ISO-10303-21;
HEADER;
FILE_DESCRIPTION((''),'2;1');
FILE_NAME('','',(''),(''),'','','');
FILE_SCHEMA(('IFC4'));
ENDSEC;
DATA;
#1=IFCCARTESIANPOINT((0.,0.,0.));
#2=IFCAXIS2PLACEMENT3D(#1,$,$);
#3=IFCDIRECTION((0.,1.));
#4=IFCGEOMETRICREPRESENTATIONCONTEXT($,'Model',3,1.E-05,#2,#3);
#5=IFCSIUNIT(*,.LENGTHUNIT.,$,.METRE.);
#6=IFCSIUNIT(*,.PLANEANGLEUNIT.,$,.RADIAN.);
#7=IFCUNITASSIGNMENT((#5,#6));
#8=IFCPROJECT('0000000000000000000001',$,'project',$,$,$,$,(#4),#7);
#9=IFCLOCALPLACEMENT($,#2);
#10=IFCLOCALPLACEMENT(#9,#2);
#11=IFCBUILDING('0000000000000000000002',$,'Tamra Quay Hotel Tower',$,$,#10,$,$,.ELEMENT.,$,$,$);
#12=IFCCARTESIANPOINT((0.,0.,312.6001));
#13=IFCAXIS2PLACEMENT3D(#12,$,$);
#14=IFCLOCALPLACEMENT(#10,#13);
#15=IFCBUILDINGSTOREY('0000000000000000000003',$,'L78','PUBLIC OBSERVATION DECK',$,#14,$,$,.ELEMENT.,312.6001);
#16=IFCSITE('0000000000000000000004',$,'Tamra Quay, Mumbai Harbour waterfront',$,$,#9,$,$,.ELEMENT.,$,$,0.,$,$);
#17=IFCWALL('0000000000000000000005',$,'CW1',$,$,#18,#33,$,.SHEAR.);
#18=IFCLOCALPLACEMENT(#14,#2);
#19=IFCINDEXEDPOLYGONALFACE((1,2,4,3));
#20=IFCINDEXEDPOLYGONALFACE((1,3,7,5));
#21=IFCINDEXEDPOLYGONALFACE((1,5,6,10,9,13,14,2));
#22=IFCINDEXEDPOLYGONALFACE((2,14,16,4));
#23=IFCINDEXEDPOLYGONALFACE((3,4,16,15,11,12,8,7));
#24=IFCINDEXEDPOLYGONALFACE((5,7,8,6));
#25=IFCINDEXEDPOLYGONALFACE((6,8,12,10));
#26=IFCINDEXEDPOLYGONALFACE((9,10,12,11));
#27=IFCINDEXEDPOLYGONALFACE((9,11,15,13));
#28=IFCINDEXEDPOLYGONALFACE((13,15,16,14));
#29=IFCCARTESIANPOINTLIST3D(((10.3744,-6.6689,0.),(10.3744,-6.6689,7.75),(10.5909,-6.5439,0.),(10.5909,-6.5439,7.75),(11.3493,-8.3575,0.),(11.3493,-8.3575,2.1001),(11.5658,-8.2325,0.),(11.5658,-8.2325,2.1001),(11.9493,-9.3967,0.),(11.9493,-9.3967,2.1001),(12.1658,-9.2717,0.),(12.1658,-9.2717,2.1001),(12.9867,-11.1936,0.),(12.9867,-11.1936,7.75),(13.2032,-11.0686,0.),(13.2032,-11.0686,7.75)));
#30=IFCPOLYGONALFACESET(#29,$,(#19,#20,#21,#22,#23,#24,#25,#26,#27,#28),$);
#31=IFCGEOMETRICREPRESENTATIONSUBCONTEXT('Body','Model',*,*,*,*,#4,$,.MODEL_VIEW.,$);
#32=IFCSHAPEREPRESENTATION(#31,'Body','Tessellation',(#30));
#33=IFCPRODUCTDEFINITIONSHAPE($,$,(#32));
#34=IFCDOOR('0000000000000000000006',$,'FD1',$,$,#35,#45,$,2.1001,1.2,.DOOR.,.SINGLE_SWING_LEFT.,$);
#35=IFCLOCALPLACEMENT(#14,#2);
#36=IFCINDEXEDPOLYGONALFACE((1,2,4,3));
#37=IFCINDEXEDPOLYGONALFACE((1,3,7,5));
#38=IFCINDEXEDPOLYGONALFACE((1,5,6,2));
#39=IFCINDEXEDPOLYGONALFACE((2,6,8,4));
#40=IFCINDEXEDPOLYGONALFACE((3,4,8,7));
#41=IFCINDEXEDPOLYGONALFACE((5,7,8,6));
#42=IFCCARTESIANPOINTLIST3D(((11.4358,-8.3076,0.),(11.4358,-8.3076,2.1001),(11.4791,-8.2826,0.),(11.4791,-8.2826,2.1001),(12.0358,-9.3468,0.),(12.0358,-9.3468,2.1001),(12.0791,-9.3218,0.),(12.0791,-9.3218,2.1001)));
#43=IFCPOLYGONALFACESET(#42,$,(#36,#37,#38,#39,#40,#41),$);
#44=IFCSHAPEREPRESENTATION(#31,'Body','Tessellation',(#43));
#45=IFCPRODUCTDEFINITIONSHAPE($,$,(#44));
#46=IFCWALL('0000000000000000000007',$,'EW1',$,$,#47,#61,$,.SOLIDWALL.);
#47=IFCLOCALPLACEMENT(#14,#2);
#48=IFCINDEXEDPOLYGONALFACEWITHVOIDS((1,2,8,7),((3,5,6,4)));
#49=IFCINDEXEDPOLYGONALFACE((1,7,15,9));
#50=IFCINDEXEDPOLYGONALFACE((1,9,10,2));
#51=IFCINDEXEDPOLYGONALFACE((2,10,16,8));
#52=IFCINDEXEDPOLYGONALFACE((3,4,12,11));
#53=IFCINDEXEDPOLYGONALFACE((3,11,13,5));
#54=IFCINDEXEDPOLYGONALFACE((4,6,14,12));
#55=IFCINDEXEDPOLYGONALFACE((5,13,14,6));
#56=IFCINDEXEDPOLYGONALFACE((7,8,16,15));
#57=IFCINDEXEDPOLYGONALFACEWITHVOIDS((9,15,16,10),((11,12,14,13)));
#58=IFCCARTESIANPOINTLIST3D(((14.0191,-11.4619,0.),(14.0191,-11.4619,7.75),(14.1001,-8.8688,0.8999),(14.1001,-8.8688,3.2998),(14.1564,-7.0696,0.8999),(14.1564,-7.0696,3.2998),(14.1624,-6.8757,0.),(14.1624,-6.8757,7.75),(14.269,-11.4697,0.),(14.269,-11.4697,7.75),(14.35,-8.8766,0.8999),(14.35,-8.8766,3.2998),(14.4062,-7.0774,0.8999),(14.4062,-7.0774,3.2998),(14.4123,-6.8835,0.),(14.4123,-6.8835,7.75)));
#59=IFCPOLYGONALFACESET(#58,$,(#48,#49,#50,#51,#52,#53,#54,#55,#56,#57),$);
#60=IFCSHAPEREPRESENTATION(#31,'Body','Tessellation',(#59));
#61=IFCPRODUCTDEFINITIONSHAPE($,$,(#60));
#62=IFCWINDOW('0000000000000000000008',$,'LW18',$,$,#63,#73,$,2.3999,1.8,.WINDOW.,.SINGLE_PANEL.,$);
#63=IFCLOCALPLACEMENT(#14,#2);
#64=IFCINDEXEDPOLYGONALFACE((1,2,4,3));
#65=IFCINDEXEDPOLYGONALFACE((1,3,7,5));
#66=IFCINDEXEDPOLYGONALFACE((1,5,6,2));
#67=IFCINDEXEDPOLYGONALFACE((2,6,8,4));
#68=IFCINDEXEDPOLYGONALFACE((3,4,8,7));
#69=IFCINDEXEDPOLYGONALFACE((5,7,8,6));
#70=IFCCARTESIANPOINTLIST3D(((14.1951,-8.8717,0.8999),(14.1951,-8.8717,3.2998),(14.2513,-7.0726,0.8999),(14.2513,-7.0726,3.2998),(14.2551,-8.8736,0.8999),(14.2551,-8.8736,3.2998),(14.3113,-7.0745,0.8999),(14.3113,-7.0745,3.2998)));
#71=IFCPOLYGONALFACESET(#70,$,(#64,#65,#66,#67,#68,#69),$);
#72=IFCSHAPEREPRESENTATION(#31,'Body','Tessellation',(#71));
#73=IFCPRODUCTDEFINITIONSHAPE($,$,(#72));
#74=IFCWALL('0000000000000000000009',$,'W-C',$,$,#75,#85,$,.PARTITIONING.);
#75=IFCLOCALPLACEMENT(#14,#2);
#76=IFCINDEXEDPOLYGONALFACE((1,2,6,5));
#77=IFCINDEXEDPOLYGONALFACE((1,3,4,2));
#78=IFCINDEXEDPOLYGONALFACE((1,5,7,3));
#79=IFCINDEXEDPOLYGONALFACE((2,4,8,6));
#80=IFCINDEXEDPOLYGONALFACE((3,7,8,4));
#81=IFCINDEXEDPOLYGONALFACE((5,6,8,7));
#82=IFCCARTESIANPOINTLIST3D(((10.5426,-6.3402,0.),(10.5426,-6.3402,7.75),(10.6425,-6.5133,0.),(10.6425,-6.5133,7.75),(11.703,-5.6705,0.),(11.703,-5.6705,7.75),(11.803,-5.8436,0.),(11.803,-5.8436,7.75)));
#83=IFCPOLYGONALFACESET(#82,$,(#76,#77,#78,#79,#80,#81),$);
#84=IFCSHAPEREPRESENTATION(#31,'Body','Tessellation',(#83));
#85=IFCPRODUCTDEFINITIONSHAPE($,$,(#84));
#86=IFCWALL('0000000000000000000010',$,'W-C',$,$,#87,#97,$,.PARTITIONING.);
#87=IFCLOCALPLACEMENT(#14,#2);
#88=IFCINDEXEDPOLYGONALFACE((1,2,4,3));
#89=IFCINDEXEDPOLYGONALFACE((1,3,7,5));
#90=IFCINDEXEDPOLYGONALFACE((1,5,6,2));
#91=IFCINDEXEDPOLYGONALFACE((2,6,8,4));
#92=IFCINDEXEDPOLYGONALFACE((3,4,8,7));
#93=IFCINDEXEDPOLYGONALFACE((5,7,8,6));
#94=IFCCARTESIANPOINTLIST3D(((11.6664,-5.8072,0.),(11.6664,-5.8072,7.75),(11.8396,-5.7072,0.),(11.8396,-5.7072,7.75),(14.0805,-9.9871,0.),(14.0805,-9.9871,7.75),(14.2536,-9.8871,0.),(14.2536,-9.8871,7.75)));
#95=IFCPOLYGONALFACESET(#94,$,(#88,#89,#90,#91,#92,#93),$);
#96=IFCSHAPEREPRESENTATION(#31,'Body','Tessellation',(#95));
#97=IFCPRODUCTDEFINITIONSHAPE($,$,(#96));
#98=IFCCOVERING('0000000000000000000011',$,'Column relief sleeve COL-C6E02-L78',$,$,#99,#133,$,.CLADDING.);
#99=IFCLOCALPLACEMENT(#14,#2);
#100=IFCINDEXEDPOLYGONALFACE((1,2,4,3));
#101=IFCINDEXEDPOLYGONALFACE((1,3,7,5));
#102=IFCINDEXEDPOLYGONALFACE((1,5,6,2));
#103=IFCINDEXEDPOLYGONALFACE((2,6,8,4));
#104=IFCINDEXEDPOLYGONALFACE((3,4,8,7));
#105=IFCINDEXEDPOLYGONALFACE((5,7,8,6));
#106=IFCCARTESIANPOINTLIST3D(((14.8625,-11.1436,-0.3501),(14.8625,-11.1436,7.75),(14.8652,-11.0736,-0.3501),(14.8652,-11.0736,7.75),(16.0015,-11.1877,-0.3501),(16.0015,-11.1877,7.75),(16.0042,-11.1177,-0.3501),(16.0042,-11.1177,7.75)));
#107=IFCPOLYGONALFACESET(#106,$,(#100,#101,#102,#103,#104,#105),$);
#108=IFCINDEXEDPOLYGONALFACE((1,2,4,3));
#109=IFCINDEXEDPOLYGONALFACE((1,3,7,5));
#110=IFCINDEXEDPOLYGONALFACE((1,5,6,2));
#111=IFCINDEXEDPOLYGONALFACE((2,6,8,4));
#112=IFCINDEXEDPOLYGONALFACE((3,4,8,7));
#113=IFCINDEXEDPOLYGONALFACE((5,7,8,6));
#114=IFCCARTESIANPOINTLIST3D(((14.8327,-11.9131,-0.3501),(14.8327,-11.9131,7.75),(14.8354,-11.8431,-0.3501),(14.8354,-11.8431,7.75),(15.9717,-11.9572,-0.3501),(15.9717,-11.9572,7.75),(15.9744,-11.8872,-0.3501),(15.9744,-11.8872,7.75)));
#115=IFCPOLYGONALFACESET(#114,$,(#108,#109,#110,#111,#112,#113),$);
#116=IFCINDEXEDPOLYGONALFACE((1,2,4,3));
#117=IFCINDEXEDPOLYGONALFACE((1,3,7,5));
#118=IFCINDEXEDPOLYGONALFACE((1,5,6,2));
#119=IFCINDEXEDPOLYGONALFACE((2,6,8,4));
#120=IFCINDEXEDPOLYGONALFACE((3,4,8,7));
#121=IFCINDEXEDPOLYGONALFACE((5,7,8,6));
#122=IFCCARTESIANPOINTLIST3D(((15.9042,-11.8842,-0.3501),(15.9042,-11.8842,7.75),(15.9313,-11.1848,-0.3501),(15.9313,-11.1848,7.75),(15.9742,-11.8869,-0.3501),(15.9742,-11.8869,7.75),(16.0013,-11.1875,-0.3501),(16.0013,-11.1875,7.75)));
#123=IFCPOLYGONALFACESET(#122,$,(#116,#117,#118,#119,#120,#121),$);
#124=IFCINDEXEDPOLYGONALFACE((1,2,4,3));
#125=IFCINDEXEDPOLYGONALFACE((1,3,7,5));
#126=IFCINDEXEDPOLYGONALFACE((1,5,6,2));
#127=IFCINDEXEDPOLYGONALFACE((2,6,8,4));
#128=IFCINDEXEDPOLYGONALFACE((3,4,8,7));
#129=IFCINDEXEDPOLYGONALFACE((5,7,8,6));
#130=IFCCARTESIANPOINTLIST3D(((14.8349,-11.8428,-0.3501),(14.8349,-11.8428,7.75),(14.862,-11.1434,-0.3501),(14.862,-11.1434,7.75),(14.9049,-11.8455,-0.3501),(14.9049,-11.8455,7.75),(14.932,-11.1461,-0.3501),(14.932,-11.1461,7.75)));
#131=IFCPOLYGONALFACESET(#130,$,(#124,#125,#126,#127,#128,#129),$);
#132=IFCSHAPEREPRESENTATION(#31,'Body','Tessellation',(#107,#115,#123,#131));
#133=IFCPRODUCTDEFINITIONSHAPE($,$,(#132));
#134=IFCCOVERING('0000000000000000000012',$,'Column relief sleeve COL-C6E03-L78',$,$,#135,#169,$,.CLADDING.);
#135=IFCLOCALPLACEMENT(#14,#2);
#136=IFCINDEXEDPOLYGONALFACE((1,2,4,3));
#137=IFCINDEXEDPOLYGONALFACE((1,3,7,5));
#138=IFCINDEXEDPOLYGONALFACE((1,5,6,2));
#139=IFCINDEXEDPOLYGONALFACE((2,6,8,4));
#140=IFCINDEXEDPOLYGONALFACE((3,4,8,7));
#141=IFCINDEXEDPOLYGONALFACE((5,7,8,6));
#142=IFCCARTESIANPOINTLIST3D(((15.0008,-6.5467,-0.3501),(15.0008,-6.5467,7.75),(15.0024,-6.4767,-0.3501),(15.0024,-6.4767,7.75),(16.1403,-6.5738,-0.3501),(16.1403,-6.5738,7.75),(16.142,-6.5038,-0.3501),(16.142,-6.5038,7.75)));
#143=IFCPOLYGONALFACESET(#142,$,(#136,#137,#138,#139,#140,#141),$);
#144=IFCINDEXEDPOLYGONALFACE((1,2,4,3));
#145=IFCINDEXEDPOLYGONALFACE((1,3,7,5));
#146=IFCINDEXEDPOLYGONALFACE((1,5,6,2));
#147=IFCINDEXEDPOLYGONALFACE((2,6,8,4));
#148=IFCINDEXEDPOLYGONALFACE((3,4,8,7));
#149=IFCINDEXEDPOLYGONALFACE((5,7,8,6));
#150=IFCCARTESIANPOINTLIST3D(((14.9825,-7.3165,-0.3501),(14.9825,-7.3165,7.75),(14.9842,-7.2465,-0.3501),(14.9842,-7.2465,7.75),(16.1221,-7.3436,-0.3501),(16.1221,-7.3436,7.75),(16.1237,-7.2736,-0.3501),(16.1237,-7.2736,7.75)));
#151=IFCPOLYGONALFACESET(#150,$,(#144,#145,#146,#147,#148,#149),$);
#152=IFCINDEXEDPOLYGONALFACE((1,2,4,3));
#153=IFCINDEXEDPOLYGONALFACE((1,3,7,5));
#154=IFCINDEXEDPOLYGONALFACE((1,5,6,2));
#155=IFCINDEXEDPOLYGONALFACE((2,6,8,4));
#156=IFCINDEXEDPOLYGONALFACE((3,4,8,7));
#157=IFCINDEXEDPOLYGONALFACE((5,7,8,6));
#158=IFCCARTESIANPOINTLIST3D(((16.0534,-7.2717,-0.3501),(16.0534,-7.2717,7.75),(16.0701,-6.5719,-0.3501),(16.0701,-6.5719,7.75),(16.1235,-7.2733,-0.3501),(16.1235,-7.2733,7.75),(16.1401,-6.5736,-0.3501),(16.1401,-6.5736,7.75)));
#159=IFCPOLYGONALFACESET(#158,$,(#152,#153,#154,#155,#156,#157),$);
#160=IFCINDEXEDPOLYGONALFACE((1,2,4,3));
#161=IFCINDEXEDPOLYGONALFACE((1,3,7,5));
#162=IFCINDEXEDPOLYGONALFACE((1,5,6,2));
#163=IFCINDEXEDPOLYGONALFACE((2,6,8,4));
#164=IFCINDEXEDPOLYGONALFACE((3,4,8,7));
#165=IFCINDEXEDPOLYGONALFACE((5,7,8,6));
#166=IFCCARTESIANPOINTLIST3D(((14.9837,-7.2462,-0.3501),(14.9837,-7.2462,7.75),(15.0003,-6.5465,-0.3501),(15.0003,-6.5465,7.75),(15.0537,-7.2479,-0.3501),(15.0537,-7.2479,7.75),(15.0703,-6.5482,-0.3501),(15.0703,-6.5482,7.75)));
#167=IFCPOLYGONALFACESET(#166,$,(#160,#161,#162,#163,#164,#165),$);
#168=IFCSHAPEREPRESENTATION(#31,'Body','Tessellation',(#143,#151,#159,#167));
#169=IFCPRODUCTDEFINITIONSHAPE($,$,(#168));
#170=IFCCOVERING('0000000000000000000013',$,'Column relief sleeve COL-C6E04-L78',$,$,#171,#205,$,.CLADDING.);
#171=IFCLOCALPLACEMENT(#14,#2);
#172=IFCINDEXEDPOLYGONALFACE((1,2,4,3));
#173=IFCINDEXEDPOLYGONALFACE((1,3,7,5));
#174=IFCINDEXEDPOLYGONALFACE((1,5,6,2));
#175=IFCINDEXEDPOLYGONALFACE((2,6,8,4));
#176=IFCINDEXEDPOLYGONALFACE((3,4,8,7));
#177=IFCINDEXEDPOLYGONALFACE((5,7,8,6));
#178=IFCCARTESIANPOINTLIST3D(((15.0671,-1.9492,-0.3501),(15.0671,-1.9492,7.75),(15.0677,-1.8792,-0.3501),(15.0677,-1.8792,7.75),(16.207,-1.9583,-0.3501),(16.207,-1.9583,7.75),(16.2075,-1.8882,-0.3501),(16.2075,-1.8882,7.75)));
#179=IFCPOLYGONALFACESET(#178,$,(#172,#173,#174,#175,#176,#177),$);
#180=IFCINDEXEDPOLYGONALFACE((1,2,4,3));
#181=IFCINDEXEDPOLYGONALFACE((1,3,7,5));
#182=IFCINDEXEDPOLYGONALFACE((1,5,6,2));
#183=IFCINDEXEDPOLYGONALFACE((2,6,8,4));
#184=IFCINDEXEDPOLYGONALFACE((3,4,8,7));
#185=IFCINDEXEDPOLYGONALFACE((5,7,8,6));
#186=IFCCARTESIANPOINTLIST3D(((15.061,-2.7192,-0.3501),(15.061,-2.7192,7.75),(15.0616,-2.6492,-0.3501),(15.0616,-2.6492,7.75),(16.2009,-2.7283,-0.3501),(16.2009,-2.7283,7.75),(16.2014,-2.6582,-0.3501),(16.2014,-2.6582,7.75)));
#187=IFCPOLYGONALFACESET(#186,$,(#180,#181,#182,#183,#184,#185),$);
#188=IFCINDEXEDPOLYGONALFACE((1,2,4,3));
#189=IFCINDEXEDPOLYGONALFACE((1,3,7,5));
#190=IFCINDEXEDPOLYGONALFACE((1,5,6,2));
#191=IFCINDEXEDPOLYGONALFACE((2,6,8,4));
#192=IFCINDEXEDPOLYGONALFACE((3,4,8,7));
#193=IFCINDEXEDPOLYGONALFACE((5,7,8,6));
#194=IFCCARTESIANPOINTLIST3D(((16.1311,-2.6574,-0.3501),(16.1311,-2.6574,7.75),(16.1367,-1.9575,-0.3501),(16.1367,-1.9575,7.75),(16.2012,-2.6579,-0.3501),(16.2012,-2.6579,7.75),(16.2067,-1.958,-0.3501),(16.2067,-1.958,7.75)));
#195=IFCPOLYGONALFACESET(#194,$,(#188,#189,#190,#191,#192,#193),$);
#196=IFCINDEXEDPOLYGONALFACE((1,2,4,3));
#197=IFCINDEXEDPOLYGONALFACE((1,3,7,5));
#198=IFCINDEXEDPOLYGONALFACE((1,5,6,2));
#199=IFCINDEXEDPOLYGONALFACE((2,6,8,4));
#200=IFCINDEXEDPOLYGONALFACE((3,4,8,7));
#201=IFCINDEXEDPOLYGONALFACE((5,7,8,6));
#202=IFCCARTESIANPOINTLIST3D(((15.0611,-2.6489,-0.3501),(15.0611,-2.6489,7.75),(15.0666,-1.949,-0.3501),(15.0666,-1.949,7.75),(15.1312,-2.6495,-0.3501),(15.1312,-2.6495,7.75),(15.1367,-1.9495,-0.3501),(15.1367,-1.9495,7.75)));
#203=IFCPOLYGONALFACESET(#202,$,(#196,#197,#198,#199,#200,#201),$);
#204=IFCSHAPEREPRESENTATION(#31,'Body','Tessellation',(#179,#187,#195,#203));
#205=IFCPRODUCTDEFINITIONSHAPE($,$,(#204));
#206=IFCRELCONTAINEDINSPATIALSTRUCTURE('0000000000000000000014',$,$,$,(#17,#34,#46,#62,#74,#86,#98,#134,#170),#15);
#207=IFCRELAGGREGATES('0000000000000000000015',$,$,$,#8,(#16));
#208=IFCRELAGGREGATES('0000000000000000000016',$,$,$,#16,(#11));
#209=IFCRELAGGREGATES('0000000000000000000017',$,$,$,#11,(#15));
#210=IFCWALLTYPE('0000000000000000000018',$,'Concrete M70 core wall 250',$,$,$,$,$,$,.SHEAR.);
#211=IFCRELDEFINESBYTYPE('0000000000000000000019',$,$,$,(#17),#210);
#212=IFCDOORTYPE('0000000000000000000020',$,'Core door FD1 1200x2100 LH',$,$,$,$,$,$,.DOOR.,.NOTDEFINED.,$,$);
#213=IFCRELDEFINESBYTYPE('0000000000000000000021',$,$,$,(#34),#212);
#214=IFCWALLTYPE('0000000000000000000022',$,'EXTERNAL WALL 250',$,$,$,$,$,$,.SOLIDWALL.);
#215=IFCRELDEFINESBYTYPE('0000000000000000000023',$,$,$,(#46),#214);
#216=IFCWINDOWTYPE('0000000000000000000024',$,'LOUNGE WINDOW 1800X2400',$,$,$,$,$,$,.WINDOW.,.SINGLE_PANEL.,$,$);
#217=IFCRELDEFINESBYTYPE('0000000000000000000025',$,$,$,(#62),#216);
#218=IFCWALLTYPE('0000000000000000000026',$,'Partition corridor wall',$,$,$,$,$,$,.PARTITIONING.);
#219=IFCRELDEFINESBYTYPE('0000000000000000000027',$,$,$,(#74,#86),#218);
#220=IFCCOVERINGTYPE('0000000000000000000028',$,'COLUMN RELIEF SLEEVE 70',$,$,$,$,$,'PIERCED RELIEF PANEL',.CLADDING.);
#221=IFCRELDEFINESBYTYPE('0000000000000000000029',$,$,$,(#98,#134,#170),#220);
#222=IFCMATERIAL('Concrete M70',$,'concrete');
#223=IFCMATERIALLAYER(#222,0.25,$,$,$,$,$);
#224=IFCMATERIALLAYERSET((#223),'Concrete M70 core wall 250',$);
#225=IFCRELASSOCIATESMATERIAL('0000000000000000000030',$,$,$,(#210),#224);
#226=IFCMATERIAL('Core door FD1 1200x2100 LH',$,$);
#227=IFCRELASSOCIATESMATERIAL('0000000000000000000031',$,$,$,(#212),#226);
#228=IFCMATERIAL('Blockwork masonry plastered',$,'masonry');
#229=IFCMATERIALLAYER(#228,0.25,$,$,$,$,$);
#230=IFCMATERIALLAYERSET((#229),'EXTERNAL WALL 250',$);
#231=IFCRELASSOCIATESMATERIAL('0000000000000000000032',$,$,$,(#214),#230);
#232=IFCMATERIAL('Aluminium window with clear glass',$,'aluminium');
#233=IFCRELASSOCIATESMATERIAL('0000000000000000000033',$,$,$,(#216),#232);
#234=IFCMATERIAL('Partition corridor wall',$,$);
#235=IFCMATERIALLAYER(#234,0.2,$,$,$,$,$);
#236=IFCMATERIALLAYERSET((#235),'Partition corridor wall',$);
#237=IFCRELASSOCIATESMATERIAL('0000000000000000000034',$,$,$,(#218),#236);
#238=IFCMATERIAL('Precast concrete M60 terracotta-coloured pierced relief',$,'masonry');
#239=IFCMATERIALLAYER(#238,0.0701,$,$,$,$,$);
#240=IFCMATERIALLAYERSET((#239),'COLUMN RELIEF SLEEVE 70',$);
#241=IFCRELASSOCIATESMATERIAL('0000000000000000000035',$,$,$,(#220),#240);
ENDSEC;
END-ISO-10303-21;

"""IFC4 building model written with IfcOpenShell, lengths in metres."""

from ifc_helpers import new_model, si_unit, direction, frame, frame_2d, origin, place, context, subcontext, project, spatial, rectangle, extrude, source, transform, mapped, material, layer, layer_set, type_object, element, fill, save


model = new_model("IFC4")

# Units and contexts
model_context = context("Model", 3, precision=1e-05, world=origin(), true_north=direction((0.0, 1.0)))
body_context = subcontext(model_context, "Body", "Model", "MODEL_VIEW")
ifc_project = project(units=[si_unit("LENGTHUNIT", "METRE"), si_unit("PLANEANGLEUNIT", "RADIAN")], contexts=[model_context])

# Site, building, storey
site_placement = place(None, origin())
site = spatial("IfcSite", under=ifc_project, at=site_placement, Name="Tamra Quay, Mumbai Harbour waterfront", CompositionType="ELEMENT", RefElevation=0.0)
building_placement = place(site_placement, origin())
building = spatial("IfcBuilding", under=site, at=building_placement, Name="Tamra Quay Hotel Tower", CompositionType="ELEMENT")
storey_placement = place(building_placement, frame((0.0, 0.0, 312.6001)))
storey = spatial("IfcBuildingStorey", under=building, at=storey_placement, Name="L78", Description="PUBLIC OBSERVATION DECK", CompositionType="ELEMENT", Elevation=312.6001)

# Shared definitions
ifc_material_1 = material(Name="Concrete M70", Category="concrete")

# Wall, opening, door
ifc_layer_1 = layer(ifc_material_1, 0.25)
ifc_layer_set_1 = layer_set([ifc_layer_1], Name="Concrete M70 core wall 250")
wall_type_1 = type_object("IfcWallType", Name="Concrete M70 core wall 250", PredefinedType="SHEAR", material=ifc_layer_set_1)
wall_1_placement = place(storey_placement, frame((10.4827, -6.6064, 0.0), z_axis=(0.0, 0.0, 1.0), x_axis=(0.499999, -0.866026, 0.0)))
wall_1 = element("IfcWall", 1, at=wall_1_placement, inside=storey, type_object=wall_type_1, Name="CW1", PredefinedType="SHEAR", context=body_context, shape_type="SweptSolid", body=[
    extrude(rectangle(XDim=5.2246, YDim=0.25, at=frame_2d((2.6123, 0.0))), origin(), (0.0, 0.0, 1.0), 7.75),
])
opening_1_placement = place(wall_1_placement, frame((1.9497, 0.0, 0.0)))
opening_1 = element("IfcOpeningElement", 2, at=opening_1_placement, cuts=wall_1, PredefinedType="OPENING", context=body_context, shape_type="SweptSolid", body=[
    extrude(rectangle(XDim=1.2, YDim=2.1001, at=frame_2d((0.6001, 1.05))), frame((0.0, 0.135, 0.0), z_axis=(0.0, -1.0, 0.0), x_axis=(1.0, 0.0, 0.0)), (0.0, 0.0, 1.0), 0.27),
])
ifc_material_2 = material(Name="Core door FD1 1200x2100 LH")
door_type_1 = type_object("IfcDoorType", Name="Core door FD1 1200x2100 LH", OperationType="NOTDEFINED", PredefinedType="DOOR", material=ifc_material_2)
door_1_placement = place(opening_1_placement, origin())
door_1 = element("IfcDoor", 3, at=door_1_placement, inside=storey, type_object=door_type_1, Name="FD1", OperationType="SINGLE_SWING_LEFT", OverallHeight=2.1001, OverallWidth=1.2, PredefinedType="DOOR", context=body_context, shape_type="SweptSolid", body=[
    extrude(rectangle(XDim=1.2, YDim=2.1001, at=frame_2d((0.6001, 1.05))), frame((0.0, 0.0249, 0.0), z_axis=(0.0, -1.0, 0.0), x_axis=(1.0, 0.0, 0.0)), (0.0, 0.0, 1.0), 0.05),
])
fill(opening_1, door_1)

# Wall, opening, window
ifc_material_3 = material(Name="Blockwork masonry plastered", Category="masonry")
ifc_layer_2 = layer(ifc_material_3, 0.25)
ifc_layer_set_2 = layer_set([ifc_layer_2], Name="EXTERNAL WALL 250")
wall_type_2 = type_object("IfcWallType", Name="EXTERNAL WALL 250", PredefinedType="SOLIDWALL", material=ifc_layer_set_2)
wall_2_placement = place(storey_placement, frame((14.2874, -6.8796, 0.0), z_axis=(0.0, 0.0, 1.0), x_axis=(-0.031233, -0.999512, 0.0)))
wall_2 = element("IfcWall", 4, at=wall_2_placement, inside=storey, type_object=wall_type_2, Name="EW1", PredefinedType="SOLIDWALL", context=body_context, shape_type="SweptSolid", body=[
    extrude(rectangle(XDim=4.5884, YDim=0.25, at=frame_2d((2.2942, 0.0))), origin(), (0.0, 0.0, 1.0), 7.75),
])
opening_2_placement = place(wall_2_placement, frame((0.1941, 0.0, 0.8999)))
opening_2 = element("IfcOpeningElement", 5, at=opening_2_placement, cuts=wall_2, PredefinedType="OPENING", context=body_context, shape_type="SweptSolid", body=[
    extrude(rectangle(XDim=1.8, YDim=2.3999, at=frame_2d((0.8999, 1.2))), frame((0.0, 0.135, 0.0), z_axis=(0.0, -1.0, 0.0), x_axis=(1.0, 0.0, 0.0)), (0.0, 0.0, 1.0), 0.27),
])
ifc_material_4 = material(Name="Aluminium window with clear glass", Category="aluminium")
window_type = type_object("IfcWindowType", Name="LOUNGE WINDOW 1800X2400", PartitioningType="SINGLE_PANEL", PredefinedType="WINDOW", material=ifc_material_4)
window_placement = place(opening_2_placement, origin())
window = element("IfcWindow", 6, at=window_placement, inside=storey, type_object=window_type, Name="LW18", OverallHeight=2.3999, OverallWidth=1.8, PartitioningType="SINGLE_PANEL", PredefinedType="WINDOW", context=body_context, shape_type="SweptSolid", body=[
    extrude(rectangle(XDim=1.8, YDim=2.3999, at=frame_2d((0.8999, 1.2))), frame((0.0, 0.03, 0.0), z_axis=(0.0, -1.0, 0.0), x_axis=(1.0, 0.0, 0.0)), (0.0, 0.0, 1.0), 0.0601),
])
fill(opening_2, window)

# Walls
ifc_material_5 = material(Name="Partition corridor wall")
ifc_layer_3 = layer(ifc_material_5, 0.2)
ifc_layer_set_3 = layer_set([ifc_layer_3], Name="Partition corridor wall")
wall_type_3 = type_object("IfcWallType", Name="Partition corridor wall", PredefinedType="PARTITIONING", material=ifc_layer_set_3)
wall_3_placement = place(storey_placement, frame((10.5925, -6.4268, 0.0), z_axis=(0.0, 0.0, 1.0), x_axis=(0.866116, 0.499843, 0.0)))
element("IfcWall", 7, at=wall_3_placement, inside=storey, type_object=wall_type_3, Name="W-C", PredefinedType="PARTITIONING", context=body_context, shape_type="SweptSolid", body=[
    extrude(rectangle(XDim=1.3398, YDim=0.2, at=frame_2d((0.6699, 0.0))), origin(), (0.0, 0.0, 1.0), 7.75),
])
wall_4_placement = place(storey_placement, frame((11.7529, -5.7571, 0.0), z_axis=(0.0, 0.0, 1.0), x_axis=(0.500121, -0.865956, 0.0)))
element("IfcWall", 8, at=wall_4_placement, inside=storey, type_object=wall_type_3, Name="W-C", PredefinedType="PARTITIONING", context=body_context, shape_type="SweptSolid", body=[
    extrude(rectangle(XDim=4.8269, YDim=0.2, at=frame_2d((2.4136, 0.0))), origin(), (0.0, 0.0, 1.0), 7.75),
])

# Coverings
ifc_material_6 = material(Name="Precast concrete M60 terracotta-coloured pierced relief", Category="masonry")
ifc_layer_4 = layer(ifc_material_6, 0.0701)
ifc_layer_set_4 = layer_set([ifc_layer_4], Name="COLUMN RELIEF SLEEVE 70")
covering_type = type_object("IfcCoveringType", Name="COLUMN RELIEF SLEEVE 70", ElementType="PIERCED RELIEF PANEL", PredefinedType="CLADDING", material=ifc_layer_set_4)
shared_shape = source(origin(), body_context, "Body", "SweptSolid", [
    extrude(rectangle(XDim=1.1399, YDim=0.0701, at=frame_2d((0.5698, 0.0352))), frame((-0.5701, -0.4199, 0.0)), (0.0, 0.0, 1.0), 8.1001),
    extrude(rectangle(XDim=1.1399, YDim=0.0701, at=frame_2d((0.5698, 0.0352))), frame((-0.5701, 0.3501, 0.0)), (0.0, 0.0, 1.0), 8.1001),
    extrude(rectangle(XDim=0.0701, YDim=0.7, at=frame_2d((0.0352, 0.3501))), frame((-0.5701, -0.3501, 0.0)), (0.0, 0.0, 1.0), 8.1001),
    extrude(rectangle(XDim=0.0701, YDim=0.7, at=frame_2d((0.0352, 0.3501))), frame((0.5, -0.3501, 0.0)), (0.0, 0.0, 1.0), 8.1001),
])
for number, where, z_axis, x_axis, name in (
    (9, (15.4182, -11.5151, -0.3501), (0.0, 0.0, 1.0), (-0.999251, 0.038691, 0.0), "Column relief sleeve COL-C6E02-L78"),
    (10, (15.562, -6.9099, -0.3501), (0.0, 0.0, 1.0), (-0.999718, 0.023753, 0.0), "Column relief sleeve COL-C6E03-L78"),
    (11, (15.634, -2.3035, -0.3501), (0.0, 0.0, 1.0), (-0.999969, 0.00792, 0.0), "Column relief sleeve COL-C6E04-L78"),
):
    element("IfcCovering", number, at=place(storey_placement, frame(where, z_axis=z_axis, x_axis=x_axis)), inside=storey, type_object=covering_type, Name=name, PredefinedType="CLADDING", context=body_context, shape_type="MappedRepresentation", body=[
        mapped(shared_shape, transform((0.0, 0.0, 0.0), scale=1.0)),
    ])

save(model, "model.ifc")
